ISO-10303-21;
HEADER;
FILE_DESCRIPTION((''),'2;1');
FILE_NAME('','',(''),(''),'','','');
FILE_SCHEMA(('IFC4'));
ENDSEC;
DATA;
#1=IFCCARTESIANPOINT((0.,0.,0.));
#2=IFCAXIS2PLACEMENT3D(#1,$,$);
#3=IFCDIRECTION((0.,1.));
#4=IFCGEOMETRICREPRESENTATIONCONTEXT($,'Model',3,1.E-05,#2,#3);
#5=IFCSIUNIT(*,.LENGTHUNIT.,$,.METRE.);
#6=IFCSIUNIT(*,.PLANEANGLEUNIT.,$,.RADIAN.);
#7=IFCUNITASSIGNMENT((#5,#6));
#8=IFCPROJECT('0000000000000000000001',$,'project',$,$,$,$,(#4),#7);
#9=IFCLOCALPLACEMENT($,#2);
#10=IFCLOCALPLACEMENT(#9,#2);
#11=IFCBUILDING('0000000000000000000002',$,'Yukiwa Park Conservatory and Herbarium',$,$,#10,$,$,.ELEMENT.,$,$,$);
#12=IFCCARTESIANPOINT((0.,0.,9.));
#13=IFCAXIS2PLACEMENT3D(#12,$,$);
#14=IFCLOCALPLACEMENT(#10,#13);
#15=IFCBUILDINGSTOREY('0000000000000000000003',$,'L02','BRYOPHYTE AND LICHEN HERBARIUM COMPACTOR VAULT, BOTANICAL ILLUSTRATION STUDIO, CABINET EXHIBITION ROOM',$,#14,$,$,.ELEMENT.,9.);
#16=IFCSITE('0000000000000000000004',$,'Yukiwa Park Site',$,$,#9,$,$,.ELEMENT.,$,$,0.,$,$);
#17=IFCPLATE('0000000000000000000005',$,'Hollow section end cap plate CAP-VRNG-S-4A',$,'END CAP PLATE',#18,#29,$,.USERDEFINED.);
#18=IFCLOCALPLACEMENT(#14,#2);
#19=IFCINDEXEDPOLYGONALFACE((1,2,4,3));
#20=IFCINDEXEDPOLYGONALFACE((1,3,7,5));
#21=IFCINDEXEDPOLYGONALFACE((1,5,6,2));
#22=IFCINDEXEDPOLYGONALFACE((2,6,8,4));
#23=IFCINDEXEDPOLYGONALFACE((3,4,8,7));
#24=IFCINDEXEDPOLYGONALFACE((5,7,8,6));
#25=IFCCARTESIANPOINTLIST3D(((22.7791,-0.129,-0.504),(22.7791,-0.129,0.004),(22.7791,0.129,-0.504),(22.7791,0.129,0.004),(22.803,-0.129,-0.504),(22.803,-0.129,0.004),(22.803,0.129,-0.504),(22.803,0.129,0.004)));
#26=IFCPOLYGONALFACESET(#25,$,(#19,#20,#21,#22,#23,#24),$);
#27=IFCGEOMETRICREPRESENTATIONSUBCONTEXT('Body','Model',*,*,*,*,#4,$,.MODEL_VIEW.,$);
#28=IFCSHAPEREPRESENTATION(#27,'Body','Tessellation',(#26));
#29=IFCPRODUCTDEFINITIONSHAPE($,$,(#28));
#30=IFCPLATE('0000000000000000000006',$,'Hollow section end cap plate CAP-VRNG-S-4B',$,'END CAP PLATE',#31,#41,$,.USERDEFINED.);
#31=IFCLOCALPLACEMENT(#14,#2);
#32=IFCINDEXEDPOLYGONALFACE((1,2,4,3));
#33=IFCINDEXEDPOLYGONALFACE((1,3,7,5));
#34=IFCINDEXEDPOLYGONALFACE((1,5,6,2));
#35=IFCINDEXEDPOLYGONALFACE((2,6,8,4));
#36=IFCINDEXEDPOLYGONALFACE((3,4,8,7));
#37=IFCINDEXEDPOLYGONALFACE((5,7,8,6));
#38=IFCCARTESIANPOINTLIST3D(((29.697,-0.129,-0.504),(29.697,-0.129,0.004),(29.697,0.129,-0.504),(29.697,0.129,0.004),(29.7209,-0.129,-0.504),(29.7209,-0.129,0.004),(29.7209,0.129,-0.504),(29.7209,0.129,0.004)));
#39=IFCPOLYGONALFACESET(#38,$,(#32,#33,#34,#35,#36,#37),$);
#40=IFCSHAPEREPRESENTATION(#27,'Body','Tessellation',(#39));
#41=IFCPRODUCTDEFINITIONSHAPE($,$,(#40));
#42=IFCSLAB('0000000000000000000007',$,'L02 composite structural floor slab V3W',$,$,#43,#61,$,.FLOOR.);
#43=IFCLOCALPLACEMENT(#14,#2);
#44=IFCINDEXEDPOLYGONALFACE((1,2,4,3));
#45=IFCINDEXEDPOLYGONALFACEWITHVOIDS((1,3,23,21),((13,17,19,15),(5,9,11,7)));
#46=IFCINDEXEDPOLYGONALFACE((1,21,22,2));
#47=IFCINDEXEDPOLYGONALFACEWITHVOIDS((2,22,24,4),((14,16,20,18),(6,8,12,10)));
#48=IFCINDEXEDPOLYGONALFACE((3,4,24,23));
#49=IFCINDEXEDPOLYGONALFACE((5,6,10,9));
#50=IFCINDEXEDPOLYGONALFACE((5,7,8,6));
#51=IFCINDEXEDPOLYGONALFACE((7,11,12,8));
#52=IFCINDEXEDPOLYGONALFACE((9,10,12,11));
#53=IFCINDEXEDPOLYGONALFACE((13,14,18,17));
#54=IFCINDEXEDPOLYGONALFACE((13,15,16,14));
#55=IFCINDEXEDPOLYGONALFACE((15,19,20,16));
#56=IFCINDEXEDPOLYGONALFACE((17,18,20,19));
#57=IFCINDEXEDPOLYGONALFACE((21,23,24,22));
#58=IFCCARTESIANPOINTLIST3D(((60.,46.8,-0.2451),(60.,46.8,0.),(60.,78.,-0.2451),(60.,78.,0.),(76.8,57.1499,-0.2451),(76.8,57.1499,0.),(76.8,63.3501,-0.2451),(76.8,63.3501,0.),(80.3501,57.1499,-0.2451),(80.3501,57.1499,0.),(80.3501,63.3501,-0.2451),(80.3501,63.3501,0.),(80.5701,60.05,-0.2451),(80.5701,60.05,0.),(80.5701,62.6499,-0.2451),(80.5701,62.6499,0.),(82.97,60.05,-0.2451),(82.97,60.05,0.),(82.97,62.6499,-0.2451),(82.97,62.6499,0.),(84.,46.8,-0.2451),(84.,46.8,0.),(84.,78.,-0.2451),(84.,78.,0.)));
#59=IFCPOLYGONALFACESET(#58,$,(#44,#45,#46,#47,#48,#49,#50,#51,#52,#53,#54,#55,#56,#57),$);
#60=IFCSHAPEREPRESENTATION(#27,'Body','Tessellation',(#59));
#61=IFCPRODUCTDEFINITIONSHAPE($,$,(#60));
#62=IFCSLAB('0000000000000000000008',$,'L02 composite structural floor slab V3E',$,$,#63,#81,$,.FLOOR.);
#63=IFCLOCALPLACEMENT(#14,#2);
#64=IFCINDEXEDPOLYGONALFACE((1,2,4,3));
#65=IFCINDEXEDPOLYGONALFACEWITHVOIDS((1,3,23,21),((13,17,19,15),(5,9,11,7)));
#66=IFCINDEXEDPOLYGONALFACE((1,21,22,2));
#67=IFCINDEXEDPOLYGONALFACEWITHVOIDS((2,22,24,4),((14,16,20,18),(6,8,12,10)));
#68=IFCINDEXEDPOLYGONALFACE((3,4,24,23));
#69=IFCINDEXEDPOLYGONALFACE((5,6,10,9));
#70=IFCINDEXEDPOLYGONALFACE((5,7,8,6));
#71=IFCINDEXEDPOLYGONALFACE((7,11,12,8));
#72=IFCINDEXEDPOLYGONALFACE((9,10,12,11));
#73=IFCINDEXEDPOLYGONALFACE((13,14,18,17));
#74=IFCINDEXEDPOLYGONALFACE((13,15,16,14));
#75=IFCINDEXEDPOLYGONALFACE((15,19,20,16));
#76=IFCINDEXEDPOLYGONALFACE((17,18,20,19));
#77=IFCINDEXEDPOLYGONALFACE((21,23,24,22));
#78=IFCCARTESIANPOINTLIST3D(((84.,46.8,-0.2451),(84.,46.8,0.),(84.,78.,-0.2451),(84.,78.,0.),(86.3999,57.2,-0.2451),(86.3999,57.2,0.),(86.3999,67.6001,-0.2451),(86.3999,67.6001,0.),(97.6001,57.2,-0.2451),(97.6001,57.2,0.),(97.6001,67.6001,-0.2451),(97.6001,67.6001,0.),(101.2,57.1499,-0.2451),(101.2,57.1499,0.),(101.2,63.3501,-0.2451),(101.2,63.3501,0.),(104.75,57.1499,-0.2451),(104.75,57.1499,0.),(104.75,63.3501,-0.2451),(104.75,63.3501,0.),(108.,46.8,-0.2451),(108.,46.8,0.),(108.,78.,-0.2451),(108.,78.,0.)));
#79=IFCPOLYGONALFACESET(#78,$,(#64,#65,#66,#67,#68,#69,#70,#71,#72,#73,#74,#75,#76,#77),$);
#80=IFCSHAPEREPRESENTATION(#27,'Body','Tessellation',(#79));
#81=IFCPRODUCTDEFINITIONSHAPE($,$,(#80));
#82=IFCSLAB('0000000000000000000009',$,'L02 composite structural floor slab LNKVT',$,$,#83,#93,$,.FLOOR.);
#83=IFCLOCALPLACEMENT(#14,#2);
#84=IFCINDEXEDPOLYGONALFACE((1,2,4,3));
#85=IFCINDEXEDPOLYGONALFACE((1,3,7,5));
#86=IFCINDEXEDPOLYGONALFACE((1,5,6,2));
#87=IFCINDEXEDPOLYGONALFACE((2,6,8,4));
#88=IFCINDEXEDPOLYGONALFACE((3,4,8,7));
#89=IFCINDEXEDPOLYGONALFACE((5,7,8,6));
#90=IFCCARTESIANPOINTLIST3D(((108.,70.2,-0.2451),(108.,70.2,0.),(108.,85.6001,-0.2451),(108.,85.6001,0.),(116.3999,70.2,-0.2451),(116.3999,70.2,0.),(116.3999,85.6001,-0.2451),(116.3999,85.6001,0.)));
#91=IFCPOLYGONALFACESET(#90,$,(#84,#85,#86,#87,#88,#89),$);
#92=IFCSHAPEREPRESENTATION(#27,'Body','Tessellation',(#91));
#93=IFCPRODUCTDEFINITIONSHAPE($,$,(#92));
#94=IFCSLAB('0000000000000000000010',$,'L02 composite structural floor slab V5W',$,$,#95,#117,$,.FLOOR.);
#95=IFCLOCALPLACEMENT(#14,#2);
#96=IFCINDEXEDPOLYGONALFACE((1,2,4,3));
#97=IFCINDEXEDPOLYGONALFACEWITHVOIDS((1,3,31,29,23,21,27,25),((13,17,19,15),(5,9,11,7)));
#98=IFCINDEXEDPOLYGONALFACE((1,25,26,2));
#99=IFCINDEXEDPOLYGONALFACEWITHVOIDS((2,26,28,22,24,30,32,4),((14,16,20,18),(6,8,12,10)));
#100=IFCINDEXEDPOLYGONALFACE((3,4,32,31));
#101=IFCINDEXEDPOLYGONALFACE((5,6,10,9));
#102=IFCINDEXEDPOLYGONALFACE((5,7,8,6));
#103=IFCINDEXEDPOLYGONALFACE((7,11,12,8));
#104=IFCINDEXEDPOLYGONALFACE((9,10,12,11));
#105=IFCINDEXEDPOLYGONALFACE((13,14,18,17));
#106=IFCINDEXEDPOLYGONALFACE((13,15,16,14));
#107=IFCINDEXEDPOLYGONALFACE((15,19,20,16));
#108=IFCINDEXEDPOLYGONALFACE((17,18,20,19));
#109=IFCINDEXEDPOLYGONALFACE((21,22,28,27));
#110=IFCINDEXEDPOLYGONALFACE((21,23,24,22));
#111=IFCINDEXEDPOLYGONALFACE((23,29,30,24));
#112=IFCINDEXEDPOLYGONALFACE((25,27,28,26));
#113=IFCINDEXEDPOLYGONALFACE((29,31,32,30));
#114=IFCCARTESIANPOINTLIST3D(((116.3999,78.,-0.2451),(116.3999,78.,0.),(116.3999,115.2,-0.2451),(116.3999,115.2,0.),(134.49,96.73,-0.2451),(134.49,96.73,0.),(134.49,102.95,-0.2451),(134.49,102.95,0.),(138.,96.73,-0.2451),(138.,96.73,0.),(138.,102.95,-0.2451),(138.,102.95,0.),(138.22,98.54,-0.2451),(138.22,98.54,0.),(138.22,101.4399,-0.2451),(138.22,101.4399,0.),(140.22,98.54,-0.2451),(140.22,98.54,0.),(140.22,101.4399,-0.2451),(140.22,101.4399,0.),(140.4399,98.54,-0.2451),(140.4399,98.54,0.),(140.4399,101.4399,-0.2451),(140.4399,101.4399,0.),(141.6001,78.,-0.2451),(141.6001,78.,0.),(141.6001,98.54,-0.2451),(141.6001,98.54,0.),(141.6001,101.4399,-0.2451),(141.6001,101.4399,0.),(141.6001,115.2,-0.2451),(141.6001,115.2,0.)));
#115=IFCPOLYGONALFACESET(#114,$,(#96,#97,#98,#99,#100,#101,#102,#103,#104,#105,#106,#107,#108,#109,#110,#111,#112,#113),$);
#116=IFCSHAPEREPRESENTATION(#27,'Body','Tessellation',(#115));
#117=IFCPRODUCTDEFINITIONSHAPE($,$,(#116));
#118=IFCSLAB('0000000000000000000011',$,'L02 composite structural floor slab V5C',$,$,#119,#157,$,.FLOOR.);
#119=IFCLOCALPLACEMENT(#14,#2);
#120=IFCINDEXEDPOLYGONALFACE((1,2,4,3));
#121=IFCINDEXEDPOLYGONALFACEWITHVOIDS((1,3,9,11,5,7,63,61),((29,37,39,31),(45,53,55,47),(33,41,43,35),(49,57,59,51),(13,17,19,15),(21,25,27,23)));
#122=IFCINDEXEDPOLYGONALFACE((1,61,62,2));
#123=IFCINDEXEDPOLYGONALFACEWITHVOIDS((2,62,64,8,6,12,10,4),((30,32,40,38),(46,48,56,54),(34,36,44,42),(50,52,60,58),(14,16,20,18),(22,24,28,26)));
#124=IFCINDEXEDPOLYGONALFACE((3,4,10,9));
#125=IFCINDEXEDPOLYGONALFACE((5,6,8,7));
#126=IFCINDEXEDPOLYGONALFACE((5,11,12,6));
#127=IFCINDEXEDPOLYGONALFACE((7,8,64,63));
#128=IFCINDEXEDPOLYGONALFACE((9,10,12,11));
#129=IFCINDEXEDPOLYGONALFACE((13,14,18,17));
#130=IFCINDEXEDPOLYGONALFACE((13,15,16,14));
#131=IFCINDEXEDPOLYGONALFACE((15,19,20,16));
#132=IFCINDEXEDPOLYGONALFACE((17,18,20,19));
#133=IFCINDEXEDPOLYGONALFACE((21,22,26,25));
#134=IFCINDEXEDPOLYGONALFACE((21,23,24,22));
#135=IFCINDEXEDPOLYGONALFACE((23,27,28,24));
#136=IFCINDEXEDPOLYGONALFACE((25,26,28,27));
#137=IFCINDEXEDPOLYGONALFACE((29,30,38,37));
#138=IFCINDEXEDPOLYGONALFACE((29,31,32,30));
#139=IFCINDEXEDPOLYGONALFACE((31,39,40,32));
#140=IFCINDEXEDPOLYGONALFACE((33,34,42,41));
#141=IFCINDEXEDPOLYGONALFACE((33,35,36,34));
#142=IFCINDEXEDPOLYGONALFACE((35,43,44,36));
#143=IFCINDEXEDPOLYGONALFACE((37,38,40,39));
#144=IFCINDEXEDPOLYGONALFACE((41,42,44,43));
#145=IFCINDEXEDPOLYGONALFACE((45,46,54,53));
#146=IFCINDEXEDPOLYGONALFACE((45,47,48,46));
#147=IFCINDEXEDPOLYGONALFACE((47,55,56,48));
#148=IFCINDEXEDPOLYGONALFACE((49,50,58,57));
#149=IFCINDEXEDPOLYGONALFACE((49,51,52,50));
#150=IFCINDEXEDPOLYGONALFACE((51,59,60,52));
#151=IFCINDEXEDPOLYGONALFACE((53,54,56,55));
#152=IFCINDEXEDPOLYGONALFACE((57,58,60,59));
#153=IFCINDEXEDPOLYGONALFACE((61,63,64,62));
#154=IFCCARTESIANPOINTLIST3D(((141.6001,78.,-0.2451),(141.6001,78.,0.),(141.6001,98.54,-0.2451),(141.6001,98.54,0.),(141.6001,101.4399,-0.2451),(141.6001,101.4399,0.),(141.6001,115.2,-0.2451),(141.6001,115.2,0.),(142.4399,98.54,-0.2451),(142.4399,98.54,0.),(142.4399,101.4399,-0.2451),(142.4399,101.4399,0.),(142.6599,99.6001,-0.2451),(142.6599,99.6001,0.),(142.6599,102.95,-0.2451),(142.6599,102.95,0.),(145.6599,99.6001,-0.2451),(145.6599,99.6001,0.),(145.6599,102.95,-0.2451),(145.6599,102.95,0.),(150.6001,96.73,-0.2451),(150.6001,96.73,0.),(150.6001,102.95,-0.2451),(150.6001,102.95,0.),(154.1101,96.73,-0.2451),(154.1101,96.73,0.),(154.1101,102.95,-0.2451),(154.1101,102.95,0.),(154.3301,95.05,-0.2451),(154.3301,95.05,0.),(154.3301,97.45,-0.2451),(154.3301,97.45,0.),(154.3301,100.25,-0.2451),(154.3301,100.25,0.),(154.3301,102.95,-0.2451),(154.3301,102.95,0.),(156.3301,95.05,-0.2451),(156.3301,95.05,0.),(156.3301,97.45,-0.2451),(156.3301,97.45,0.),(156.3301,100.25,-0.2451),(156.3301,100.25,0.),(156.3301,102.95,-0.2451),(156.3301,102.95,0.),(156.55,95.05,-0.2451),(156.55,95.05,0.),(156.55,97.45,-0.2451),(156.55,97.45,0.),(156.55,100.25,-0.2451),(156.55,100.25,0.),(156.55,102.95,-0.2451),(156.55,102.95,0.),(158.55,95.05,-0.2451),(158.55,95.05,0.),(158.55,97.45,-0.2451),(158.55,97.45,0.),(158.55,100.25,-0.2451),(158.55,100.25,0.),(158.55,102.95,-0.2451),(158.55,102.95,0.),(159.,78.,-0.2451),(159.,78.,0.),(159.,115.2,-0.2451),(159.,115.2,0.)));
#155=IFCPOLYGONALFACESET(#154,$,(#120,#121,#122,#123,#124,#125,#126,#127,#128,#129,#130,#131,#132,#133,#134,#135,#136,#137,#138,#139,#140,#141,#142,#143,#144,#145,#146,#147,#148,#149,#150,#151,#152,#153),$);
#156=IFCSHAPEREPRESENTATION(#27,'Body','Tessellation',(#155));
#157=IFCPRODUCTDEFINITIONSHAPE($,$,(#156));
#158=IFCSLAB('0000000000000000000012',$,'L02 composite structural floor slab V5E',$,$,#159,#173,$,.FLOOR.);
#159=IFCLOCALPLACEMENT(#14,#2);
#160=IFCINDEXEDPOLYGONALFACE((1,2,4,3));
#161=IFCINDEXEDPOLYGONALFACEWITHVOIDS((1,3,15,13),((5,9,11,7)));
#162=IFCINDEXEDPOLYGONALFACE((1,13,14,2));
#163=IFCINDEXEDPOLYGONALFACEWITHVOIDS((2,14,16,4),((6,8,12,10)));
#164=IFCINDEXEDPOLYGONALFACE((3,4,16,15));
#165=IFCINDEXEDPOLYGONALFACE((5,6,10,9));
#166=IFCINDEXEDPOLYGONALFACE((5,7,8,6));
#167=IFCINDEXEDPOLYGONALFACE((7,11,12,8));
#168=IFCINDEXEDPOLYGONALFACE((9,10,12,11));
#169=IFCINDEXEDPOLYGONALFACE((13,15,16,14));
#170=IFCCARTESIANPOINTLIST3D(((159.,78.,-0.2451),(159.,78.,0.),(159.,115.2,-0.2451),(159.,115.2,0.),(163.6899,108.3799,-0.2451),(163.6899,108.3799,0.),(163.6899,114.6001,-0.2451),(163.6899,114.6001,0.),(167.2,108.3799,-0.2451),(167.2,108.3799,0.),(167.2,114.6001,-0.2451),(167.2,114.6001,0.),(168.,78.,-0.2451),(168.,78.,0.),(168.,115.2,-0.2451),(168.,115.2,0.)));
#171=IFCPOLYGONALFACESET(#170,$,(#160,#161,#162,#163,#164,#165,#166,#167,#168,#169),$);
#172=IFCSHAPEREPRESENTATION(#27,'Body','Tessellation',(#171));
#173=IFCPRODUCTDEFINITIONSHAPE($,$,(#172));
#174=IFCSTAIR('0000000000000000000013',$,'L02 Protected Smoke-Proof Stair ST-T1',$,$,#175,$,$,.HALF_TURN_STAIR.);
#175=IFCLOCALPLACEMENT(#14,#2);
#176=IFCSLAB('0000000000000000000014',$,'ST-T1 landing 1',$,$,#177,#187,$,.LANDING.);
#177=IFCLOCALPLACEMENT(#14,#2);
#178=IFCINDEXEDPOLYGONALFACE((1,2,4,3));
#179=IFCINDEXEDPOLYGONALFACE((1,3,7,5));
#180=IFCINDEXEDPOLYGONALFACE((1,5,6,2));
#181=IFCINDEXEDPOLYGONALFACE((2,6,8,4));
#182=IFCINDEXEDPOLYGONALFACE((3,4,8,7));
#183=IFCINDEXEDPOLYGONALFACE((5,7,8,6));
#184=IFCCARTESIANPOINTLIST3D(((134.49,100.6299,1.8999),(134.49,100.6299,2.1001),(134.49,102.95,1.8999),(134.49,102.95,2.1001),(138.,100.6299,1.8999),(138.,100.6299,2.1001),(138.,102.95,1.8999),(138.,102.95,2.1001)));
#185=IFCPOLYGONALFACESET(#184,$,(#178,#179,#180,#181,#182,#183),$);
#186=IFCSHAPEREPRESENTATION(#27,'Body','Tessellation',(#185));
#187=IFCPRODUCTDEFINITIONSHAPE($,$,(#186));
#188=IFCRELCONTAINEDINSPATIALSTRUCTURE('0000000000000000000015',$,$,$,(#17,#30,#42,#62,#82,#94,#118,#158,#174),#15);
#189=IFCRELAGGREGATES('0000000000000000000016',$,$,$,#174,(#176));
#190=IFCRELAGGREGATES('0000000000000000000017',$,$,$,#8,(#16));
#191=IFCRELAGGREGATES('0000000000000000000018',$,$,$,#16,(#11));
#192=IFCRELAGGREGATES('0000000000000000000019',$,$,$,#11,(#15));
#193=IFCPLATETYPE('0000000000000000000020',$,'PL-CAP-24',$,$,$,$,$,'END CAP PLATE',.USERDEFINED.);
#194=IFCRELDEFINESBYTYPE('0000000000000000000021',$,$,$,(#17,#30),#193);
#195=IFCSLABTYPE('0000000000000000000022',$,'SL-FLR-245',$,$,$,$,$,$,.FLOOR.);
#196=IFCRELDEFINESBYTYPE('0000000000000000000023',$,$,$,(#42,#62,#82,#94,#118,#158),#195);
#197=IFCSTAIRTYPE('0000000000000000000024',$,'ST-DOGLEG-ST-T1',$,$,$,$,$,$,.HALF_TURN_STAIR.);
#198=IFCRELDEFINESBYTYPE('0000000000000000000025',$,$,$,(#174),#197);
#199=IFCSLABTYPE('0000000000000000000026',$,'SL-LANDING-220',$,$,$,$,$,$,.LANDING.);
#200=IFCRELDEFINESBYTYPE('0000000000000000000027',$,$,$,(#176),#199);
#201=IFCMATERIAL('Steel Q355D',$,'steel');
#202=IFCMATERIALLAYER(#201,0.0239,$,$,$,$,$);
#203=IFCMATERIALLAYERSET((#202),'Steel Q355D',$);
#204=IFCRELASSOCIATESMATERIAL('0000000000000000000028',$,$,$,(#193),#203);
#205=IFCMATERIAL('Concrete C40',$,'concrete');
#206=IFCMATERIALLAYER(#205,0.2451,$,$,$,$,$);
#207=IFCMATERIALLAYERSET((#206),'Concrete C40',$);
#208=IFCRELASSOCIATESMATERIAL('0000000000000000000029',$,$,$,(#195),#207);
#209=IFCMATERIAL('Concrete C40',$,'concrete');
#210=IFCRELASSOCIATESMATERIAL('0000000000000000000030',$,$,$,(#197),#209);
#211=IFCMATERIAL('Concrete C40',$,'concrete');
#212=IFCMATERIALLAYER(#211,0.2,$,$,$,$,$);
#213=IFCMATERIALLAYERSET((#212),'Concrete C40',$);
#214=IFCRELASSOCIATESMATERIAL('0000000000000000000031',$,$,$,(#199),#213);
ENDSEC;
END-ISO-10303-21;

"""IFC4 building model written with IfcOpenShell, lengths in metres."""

from ifc_helpers import new_model, si_unit, direction, frame, origin, origin_2d, place, context, subcontext, project, spatial, polyline, rectangle, outline, extrude, material, layer, layer_set, type_object, element, aggregate, save


model = new_model("IFC4")

# Units and contexts
model_context = context("Model", 3, precision=1e-05, world=origin(), true_north=direction((0.0, 1.0)))
body_context = subcontext(model_context, "Body", "Model", "MODEL_VIEW")
ifc_project = project(units=[si_unit("LENGTHUNIT", "METRE"), si_unit("PLANEANGLEUNIT", "RADIAN")], contexts=[model_context])

# Site, building, storey
site_placement = place(None, origin())
site = spatial("IfcSite", under=ifc_project, at=site_placement, Name="Yukiwa Park Site", CompositionType="ELEMENT", RefElevation=0.0)
building_placement = place(site_placement, origin())
building = spatial("IfcBuilding", under=site, at=building_placement, Name="Yukiwa Park Conservatory and Herbarium", CompositionType="ELEMENT")
storey_placement = place(building_placement, frame((0.0, 0.0, 9.0)))
storey = spatial("IfcBuildingStorey", under=building, at=storey_placement, Name="L02", Description="BRYOPHYTE AND LICHEN HERBARIUM COMPACTOR VAULT, BOTANICAL ILLUSTRATION STUDIO, CABINET EXHIBITION ROOM", CompositionType="ELEMENT", Elevation=9.0)

# Plates
ifc_material_1 = material(Name="Steel Q355D", Category="steel")
ifc_layer_1 = layer(ifc_material_1, 0.0239)
ifc_layer_set_1 = layer_set([ifc_layer_1], Name="Steel Q355D")
plate_type = type_object("IfcPlateType", Name="PL-CAP-24", ElementType="END CAP PLATE", PredefinedType="USERDEFINED", material=ifc_layer_set_1)
for number, where, z_axis, x_axis, name in (
    (1, (22.803, 0.0, -0.25), (-1.0, 0.0, 0.0), (0.0, -1.0, 0.0), "Hollow section end cap plate CAP-VRNG-S-4A"),
    (2, (29.697, 0.0, -0.25), (1.0, 0.0, 0.0), (0.0, 1.0, 0.0), "Hollow section end cap plate CAP-VRNG-S-4B"),
):
    element("IfcPlate", number, at=place(storey_placement, frame(where, z_axis=z_axis, x_axis=x_axis)), inside=storey, type_object=plate_type, Name=name, ObjectType="END CAP PLATE", PredefinedType="USERDEFINED", context=body_context, shape_type="SweptSolid", body=[
        extrude(rectangle(XDim=0.2581, YDim=0.5081, at=origin_2d()), origin(), (0.0, 0.0, 1.0), 0.0239),
    ])

# Slabs
ifc_material_2 = material(Name="Concrete C40", Category="concrete")
ifc_layer_2 = layer(ifc_material_2, 0.2451)
ifc_layer_set_2 = layer_set([ifc_layer_2], Name="Concrete C40")
slab_type_1 = type_object("IfcSlabType", Name="SL-FLR-245", PredefinedType="FLOOR", material=ifc_layer_set_2)
slab_1_placement = place(storey_placement, frame((0.0, 0.0, -0.2451)))
element("IfcSlab", 3, at=slab_1_placement, inside=storey, type_object=slab_type_1, Name="L02 composite structural floor slab V3W", PredefinedType="FLOOR", context=body_context, shape_type="SweptSolid", body=[
    extrude(outline(polyline([(84.0, 78.0), (84.0, 46.8), (60.0, 46.8), (60.0, 78.0), (84.0, 78.0)]), holes=[polyline([(76.8, 63.3501), (76.8, 57.1499), (80.3501, 57.1499), (80.3501, 63.3501), (76.8, 63.3501)]), polyline([(82.97, 62.6499), (80.5701, 62.6499), (80.5701, 60.05), (82.97, 60.05), (82.97, 62.6499)])]), origin(), (0.0, 0.0, 1.0), 0.2451),
])
slab_2_placement = place(storey_placement, frame((0.0, 0.0, -0.2451)))
element("IfcSlab", 4, at=slab_2_placement, inside=storey, type_object=slab_type_1, Name="L02 composite structural floor slab V3E", PredefinedType="FLOOR", context=body_context, shape_type="SweptSolid", body=[
    extrude(outline(polyline([(108.0, 46.8), (84.0, 46.8), (84.0, 78.0), (108.0, 78.0), (108.0, 46.8)]), holes=[polyline([(86.3999, 57.2), (97.6001, 57.2), (97.6001, 67.6001), (86.3999, 67.6001), (86.3999, 57.2)]), polyline([(104.75, 63.3501), (101.2, 63.3501), (101.2, 57.1499), (104.75, 57.1499), (104.75, 63.3501)])]), origin(), (0.0, 0.0, 1.0), 0.2451),
])
slab_3_placement = place(storey_placement, frame((0.0, 0.0, -0.2451)))
element("IfcSlab", 5, at=slab_3_placement, inside=storey, type_object=slab_type_1, Name="L02 composite structural floor slab LNKVT", PredefinedType="FLOOR", context=body_context, shape_type="SweptSolid", body=[
    extrude(outline(polyline([(108.0, 70.2), (108.0, 85.6001), (116.3999, 85.6001), (116.3999, 70.2), (108.0, 70.2)])), origin(), (0.0, 0.0, 1.0), 0.2451),
])
slab_4_placement = place(storey_placement, frame((0.0, 0.0, -0.2451)))
element("IfcSlab", 6, at=slab_4_placement, inside=storey, type_object=slab_type_1, Name="L02 composite structural floor slab V5W", PredefinedType="FLOOR", context=body_context, shape_type="SweptSolid", body=[
    extrude(outline(polyline([(141.6001, 78.0), (116.3999, 78.0), (116.3999, 115.2), (141.6001, 115.2), (141.6001, 101.4399), (140.4399, 101.4399), (140.4399, 98.54), (141.6001, 98.54), (141.6001, 78.0)]), holes=[polyline([(134.49, 102.95), (134.49, 96.73), (138.0, 96.73), (138.0, 102.95), (134.49, 102.95)]), polyline([(140.22, 101.4399), (138.22, 101.4399), (138.22, 98.54), (140.22, 98.54), (140.22, 101.4399)])]), origin(), (0.0, 0.0, 1.0), 0.2451),
])
slab_5_placement = place(storey_placement, frame((0.0, 0.0, -0.2451)))
element("IfcSlab", 7, at=slab_5_placement, inside=storey, type_object=slab_type_1, Name="L02 composite structural floor slab V5C", PredefinedType="FLOOR", context=body_context, shape_type="SweptSolid", body=[
    extrude(outline(polyline([(141.6001, 115.2), (159.0, 115.2), (159.0, 78.0), (141.6001, 78.0), (141.6001, 98.54), (142.4399, 98.54), (142.4399, 101.4399), (141.6001, 101.4399), (141.6001, 115.2)]), holes=[polyline([(142.6599, 102.95), (142.6599, 99.6001), (145.6599, 99.6001), (145.6599, 102.95), (142.6599, 102.95)]), polyline([(156.3301, 97.45), (154.3301, 97.45), (154.3301, 95.05), (156.3301, 95.05), (156.3301, 97.45)]), polyline([(158.55, 97.45), (156.55, 97.45), (156.55, 95.05), (158.55, 95.05), (158.55, 97.45)]), polyline([(154.1101, 102.95), (150.6001, 102.95), (150.6001, 96.73), (154.1101, 96.73), (154.1101, 102.95)]), polyline([(156.3301, 102.95), (154.3301, 102.95), (154.3301, 100.25), (156.3301, 100.25), (156.3301, 102.95)]), polyline([(158.55, 102.95), (156.55, 102.95), (156.55, 100.25), (158.55, 100.25), (158.55, 102.95)])]), origin(), (0.0, 0.0, 1.0), 0.2451),
])
slab_6_placement = place(storey_placement, frame((0.0, 0.0, -0.2451)))
element("IfcSlab", 8, at=slab_6_placement, inside=storey, type_object=slab_type_1, Name="L02 composite structural floor slab V5E", PredefinedType="FLOOR", context=body_context, shape_type="SweptSolid", body=[
    extrude(outline(polyline([(159.0, 78.0), (159.0, 115.2), (168.0, 115.2), (168.0, 78.0), (159.0, 78.0)]), holes=[polyline([(167.2, 114.6001), (163.6899, 114.6001), (163.6899, 108.3799), (167.2, 108.3799), (167.2, 114.6001)])]), origin(), (0.0, 0.0, 1.0), 0.2451),
])

# Stair, slab
ifc_material_3 = material(Name="Concrete C40", Category="concrete")
stair_type_1 = type_object("IfcStairType", Name="ST-DOGLEG-ST-T1", PredefinedType="HALF_TURN_STAIR", material=ifc_material_3)
stair_1_placement = place(storey_placement, origin())
stair_1 = element("IfcStair", 9, at=stair_1_placement, inside=storey, type_object=stair_type_1, Name="L02 Protected Smoke-Proof Stair ST-T1", PredefinedType="HALF_TURN_STAIR")
ifc_material_4 = material(Name="Concrete C40", Category="concrete")
ifc_layer_3 = layer(ifc_material_4, 0.2)
ifc_layer_set_3 = layer_set([ifc_layer_3], Name="Concrete C40")
slab_type_2 = type_object("IfcSlabType", Name="SL-LANDING-220", PredefinedType="LANDING", material=ifc_layer_set_3)
slab_7_placement = place(storey_placement, frame((0.0, 0.0, 1.8999)))
slab_7 = element("IfcSlab", 10, at=slab_7_placement, type_object=slab_type_2, Name="ST-T1 landing 1", PredefinedType="LANDING", context=body_context, shape_type="SweptSolid", body=[
    extrude(outline(polyline([(138.0, 100.6299), (138.0, 102.95), (134.49, 102.95), (134.49, 100.6299), (138.0, 100.6299)])), origin(), (0.0, 0.0, 1.0), 0.2002),
])
aggregate(stair_1, [slab_7])

save(model, "model.ifc")
